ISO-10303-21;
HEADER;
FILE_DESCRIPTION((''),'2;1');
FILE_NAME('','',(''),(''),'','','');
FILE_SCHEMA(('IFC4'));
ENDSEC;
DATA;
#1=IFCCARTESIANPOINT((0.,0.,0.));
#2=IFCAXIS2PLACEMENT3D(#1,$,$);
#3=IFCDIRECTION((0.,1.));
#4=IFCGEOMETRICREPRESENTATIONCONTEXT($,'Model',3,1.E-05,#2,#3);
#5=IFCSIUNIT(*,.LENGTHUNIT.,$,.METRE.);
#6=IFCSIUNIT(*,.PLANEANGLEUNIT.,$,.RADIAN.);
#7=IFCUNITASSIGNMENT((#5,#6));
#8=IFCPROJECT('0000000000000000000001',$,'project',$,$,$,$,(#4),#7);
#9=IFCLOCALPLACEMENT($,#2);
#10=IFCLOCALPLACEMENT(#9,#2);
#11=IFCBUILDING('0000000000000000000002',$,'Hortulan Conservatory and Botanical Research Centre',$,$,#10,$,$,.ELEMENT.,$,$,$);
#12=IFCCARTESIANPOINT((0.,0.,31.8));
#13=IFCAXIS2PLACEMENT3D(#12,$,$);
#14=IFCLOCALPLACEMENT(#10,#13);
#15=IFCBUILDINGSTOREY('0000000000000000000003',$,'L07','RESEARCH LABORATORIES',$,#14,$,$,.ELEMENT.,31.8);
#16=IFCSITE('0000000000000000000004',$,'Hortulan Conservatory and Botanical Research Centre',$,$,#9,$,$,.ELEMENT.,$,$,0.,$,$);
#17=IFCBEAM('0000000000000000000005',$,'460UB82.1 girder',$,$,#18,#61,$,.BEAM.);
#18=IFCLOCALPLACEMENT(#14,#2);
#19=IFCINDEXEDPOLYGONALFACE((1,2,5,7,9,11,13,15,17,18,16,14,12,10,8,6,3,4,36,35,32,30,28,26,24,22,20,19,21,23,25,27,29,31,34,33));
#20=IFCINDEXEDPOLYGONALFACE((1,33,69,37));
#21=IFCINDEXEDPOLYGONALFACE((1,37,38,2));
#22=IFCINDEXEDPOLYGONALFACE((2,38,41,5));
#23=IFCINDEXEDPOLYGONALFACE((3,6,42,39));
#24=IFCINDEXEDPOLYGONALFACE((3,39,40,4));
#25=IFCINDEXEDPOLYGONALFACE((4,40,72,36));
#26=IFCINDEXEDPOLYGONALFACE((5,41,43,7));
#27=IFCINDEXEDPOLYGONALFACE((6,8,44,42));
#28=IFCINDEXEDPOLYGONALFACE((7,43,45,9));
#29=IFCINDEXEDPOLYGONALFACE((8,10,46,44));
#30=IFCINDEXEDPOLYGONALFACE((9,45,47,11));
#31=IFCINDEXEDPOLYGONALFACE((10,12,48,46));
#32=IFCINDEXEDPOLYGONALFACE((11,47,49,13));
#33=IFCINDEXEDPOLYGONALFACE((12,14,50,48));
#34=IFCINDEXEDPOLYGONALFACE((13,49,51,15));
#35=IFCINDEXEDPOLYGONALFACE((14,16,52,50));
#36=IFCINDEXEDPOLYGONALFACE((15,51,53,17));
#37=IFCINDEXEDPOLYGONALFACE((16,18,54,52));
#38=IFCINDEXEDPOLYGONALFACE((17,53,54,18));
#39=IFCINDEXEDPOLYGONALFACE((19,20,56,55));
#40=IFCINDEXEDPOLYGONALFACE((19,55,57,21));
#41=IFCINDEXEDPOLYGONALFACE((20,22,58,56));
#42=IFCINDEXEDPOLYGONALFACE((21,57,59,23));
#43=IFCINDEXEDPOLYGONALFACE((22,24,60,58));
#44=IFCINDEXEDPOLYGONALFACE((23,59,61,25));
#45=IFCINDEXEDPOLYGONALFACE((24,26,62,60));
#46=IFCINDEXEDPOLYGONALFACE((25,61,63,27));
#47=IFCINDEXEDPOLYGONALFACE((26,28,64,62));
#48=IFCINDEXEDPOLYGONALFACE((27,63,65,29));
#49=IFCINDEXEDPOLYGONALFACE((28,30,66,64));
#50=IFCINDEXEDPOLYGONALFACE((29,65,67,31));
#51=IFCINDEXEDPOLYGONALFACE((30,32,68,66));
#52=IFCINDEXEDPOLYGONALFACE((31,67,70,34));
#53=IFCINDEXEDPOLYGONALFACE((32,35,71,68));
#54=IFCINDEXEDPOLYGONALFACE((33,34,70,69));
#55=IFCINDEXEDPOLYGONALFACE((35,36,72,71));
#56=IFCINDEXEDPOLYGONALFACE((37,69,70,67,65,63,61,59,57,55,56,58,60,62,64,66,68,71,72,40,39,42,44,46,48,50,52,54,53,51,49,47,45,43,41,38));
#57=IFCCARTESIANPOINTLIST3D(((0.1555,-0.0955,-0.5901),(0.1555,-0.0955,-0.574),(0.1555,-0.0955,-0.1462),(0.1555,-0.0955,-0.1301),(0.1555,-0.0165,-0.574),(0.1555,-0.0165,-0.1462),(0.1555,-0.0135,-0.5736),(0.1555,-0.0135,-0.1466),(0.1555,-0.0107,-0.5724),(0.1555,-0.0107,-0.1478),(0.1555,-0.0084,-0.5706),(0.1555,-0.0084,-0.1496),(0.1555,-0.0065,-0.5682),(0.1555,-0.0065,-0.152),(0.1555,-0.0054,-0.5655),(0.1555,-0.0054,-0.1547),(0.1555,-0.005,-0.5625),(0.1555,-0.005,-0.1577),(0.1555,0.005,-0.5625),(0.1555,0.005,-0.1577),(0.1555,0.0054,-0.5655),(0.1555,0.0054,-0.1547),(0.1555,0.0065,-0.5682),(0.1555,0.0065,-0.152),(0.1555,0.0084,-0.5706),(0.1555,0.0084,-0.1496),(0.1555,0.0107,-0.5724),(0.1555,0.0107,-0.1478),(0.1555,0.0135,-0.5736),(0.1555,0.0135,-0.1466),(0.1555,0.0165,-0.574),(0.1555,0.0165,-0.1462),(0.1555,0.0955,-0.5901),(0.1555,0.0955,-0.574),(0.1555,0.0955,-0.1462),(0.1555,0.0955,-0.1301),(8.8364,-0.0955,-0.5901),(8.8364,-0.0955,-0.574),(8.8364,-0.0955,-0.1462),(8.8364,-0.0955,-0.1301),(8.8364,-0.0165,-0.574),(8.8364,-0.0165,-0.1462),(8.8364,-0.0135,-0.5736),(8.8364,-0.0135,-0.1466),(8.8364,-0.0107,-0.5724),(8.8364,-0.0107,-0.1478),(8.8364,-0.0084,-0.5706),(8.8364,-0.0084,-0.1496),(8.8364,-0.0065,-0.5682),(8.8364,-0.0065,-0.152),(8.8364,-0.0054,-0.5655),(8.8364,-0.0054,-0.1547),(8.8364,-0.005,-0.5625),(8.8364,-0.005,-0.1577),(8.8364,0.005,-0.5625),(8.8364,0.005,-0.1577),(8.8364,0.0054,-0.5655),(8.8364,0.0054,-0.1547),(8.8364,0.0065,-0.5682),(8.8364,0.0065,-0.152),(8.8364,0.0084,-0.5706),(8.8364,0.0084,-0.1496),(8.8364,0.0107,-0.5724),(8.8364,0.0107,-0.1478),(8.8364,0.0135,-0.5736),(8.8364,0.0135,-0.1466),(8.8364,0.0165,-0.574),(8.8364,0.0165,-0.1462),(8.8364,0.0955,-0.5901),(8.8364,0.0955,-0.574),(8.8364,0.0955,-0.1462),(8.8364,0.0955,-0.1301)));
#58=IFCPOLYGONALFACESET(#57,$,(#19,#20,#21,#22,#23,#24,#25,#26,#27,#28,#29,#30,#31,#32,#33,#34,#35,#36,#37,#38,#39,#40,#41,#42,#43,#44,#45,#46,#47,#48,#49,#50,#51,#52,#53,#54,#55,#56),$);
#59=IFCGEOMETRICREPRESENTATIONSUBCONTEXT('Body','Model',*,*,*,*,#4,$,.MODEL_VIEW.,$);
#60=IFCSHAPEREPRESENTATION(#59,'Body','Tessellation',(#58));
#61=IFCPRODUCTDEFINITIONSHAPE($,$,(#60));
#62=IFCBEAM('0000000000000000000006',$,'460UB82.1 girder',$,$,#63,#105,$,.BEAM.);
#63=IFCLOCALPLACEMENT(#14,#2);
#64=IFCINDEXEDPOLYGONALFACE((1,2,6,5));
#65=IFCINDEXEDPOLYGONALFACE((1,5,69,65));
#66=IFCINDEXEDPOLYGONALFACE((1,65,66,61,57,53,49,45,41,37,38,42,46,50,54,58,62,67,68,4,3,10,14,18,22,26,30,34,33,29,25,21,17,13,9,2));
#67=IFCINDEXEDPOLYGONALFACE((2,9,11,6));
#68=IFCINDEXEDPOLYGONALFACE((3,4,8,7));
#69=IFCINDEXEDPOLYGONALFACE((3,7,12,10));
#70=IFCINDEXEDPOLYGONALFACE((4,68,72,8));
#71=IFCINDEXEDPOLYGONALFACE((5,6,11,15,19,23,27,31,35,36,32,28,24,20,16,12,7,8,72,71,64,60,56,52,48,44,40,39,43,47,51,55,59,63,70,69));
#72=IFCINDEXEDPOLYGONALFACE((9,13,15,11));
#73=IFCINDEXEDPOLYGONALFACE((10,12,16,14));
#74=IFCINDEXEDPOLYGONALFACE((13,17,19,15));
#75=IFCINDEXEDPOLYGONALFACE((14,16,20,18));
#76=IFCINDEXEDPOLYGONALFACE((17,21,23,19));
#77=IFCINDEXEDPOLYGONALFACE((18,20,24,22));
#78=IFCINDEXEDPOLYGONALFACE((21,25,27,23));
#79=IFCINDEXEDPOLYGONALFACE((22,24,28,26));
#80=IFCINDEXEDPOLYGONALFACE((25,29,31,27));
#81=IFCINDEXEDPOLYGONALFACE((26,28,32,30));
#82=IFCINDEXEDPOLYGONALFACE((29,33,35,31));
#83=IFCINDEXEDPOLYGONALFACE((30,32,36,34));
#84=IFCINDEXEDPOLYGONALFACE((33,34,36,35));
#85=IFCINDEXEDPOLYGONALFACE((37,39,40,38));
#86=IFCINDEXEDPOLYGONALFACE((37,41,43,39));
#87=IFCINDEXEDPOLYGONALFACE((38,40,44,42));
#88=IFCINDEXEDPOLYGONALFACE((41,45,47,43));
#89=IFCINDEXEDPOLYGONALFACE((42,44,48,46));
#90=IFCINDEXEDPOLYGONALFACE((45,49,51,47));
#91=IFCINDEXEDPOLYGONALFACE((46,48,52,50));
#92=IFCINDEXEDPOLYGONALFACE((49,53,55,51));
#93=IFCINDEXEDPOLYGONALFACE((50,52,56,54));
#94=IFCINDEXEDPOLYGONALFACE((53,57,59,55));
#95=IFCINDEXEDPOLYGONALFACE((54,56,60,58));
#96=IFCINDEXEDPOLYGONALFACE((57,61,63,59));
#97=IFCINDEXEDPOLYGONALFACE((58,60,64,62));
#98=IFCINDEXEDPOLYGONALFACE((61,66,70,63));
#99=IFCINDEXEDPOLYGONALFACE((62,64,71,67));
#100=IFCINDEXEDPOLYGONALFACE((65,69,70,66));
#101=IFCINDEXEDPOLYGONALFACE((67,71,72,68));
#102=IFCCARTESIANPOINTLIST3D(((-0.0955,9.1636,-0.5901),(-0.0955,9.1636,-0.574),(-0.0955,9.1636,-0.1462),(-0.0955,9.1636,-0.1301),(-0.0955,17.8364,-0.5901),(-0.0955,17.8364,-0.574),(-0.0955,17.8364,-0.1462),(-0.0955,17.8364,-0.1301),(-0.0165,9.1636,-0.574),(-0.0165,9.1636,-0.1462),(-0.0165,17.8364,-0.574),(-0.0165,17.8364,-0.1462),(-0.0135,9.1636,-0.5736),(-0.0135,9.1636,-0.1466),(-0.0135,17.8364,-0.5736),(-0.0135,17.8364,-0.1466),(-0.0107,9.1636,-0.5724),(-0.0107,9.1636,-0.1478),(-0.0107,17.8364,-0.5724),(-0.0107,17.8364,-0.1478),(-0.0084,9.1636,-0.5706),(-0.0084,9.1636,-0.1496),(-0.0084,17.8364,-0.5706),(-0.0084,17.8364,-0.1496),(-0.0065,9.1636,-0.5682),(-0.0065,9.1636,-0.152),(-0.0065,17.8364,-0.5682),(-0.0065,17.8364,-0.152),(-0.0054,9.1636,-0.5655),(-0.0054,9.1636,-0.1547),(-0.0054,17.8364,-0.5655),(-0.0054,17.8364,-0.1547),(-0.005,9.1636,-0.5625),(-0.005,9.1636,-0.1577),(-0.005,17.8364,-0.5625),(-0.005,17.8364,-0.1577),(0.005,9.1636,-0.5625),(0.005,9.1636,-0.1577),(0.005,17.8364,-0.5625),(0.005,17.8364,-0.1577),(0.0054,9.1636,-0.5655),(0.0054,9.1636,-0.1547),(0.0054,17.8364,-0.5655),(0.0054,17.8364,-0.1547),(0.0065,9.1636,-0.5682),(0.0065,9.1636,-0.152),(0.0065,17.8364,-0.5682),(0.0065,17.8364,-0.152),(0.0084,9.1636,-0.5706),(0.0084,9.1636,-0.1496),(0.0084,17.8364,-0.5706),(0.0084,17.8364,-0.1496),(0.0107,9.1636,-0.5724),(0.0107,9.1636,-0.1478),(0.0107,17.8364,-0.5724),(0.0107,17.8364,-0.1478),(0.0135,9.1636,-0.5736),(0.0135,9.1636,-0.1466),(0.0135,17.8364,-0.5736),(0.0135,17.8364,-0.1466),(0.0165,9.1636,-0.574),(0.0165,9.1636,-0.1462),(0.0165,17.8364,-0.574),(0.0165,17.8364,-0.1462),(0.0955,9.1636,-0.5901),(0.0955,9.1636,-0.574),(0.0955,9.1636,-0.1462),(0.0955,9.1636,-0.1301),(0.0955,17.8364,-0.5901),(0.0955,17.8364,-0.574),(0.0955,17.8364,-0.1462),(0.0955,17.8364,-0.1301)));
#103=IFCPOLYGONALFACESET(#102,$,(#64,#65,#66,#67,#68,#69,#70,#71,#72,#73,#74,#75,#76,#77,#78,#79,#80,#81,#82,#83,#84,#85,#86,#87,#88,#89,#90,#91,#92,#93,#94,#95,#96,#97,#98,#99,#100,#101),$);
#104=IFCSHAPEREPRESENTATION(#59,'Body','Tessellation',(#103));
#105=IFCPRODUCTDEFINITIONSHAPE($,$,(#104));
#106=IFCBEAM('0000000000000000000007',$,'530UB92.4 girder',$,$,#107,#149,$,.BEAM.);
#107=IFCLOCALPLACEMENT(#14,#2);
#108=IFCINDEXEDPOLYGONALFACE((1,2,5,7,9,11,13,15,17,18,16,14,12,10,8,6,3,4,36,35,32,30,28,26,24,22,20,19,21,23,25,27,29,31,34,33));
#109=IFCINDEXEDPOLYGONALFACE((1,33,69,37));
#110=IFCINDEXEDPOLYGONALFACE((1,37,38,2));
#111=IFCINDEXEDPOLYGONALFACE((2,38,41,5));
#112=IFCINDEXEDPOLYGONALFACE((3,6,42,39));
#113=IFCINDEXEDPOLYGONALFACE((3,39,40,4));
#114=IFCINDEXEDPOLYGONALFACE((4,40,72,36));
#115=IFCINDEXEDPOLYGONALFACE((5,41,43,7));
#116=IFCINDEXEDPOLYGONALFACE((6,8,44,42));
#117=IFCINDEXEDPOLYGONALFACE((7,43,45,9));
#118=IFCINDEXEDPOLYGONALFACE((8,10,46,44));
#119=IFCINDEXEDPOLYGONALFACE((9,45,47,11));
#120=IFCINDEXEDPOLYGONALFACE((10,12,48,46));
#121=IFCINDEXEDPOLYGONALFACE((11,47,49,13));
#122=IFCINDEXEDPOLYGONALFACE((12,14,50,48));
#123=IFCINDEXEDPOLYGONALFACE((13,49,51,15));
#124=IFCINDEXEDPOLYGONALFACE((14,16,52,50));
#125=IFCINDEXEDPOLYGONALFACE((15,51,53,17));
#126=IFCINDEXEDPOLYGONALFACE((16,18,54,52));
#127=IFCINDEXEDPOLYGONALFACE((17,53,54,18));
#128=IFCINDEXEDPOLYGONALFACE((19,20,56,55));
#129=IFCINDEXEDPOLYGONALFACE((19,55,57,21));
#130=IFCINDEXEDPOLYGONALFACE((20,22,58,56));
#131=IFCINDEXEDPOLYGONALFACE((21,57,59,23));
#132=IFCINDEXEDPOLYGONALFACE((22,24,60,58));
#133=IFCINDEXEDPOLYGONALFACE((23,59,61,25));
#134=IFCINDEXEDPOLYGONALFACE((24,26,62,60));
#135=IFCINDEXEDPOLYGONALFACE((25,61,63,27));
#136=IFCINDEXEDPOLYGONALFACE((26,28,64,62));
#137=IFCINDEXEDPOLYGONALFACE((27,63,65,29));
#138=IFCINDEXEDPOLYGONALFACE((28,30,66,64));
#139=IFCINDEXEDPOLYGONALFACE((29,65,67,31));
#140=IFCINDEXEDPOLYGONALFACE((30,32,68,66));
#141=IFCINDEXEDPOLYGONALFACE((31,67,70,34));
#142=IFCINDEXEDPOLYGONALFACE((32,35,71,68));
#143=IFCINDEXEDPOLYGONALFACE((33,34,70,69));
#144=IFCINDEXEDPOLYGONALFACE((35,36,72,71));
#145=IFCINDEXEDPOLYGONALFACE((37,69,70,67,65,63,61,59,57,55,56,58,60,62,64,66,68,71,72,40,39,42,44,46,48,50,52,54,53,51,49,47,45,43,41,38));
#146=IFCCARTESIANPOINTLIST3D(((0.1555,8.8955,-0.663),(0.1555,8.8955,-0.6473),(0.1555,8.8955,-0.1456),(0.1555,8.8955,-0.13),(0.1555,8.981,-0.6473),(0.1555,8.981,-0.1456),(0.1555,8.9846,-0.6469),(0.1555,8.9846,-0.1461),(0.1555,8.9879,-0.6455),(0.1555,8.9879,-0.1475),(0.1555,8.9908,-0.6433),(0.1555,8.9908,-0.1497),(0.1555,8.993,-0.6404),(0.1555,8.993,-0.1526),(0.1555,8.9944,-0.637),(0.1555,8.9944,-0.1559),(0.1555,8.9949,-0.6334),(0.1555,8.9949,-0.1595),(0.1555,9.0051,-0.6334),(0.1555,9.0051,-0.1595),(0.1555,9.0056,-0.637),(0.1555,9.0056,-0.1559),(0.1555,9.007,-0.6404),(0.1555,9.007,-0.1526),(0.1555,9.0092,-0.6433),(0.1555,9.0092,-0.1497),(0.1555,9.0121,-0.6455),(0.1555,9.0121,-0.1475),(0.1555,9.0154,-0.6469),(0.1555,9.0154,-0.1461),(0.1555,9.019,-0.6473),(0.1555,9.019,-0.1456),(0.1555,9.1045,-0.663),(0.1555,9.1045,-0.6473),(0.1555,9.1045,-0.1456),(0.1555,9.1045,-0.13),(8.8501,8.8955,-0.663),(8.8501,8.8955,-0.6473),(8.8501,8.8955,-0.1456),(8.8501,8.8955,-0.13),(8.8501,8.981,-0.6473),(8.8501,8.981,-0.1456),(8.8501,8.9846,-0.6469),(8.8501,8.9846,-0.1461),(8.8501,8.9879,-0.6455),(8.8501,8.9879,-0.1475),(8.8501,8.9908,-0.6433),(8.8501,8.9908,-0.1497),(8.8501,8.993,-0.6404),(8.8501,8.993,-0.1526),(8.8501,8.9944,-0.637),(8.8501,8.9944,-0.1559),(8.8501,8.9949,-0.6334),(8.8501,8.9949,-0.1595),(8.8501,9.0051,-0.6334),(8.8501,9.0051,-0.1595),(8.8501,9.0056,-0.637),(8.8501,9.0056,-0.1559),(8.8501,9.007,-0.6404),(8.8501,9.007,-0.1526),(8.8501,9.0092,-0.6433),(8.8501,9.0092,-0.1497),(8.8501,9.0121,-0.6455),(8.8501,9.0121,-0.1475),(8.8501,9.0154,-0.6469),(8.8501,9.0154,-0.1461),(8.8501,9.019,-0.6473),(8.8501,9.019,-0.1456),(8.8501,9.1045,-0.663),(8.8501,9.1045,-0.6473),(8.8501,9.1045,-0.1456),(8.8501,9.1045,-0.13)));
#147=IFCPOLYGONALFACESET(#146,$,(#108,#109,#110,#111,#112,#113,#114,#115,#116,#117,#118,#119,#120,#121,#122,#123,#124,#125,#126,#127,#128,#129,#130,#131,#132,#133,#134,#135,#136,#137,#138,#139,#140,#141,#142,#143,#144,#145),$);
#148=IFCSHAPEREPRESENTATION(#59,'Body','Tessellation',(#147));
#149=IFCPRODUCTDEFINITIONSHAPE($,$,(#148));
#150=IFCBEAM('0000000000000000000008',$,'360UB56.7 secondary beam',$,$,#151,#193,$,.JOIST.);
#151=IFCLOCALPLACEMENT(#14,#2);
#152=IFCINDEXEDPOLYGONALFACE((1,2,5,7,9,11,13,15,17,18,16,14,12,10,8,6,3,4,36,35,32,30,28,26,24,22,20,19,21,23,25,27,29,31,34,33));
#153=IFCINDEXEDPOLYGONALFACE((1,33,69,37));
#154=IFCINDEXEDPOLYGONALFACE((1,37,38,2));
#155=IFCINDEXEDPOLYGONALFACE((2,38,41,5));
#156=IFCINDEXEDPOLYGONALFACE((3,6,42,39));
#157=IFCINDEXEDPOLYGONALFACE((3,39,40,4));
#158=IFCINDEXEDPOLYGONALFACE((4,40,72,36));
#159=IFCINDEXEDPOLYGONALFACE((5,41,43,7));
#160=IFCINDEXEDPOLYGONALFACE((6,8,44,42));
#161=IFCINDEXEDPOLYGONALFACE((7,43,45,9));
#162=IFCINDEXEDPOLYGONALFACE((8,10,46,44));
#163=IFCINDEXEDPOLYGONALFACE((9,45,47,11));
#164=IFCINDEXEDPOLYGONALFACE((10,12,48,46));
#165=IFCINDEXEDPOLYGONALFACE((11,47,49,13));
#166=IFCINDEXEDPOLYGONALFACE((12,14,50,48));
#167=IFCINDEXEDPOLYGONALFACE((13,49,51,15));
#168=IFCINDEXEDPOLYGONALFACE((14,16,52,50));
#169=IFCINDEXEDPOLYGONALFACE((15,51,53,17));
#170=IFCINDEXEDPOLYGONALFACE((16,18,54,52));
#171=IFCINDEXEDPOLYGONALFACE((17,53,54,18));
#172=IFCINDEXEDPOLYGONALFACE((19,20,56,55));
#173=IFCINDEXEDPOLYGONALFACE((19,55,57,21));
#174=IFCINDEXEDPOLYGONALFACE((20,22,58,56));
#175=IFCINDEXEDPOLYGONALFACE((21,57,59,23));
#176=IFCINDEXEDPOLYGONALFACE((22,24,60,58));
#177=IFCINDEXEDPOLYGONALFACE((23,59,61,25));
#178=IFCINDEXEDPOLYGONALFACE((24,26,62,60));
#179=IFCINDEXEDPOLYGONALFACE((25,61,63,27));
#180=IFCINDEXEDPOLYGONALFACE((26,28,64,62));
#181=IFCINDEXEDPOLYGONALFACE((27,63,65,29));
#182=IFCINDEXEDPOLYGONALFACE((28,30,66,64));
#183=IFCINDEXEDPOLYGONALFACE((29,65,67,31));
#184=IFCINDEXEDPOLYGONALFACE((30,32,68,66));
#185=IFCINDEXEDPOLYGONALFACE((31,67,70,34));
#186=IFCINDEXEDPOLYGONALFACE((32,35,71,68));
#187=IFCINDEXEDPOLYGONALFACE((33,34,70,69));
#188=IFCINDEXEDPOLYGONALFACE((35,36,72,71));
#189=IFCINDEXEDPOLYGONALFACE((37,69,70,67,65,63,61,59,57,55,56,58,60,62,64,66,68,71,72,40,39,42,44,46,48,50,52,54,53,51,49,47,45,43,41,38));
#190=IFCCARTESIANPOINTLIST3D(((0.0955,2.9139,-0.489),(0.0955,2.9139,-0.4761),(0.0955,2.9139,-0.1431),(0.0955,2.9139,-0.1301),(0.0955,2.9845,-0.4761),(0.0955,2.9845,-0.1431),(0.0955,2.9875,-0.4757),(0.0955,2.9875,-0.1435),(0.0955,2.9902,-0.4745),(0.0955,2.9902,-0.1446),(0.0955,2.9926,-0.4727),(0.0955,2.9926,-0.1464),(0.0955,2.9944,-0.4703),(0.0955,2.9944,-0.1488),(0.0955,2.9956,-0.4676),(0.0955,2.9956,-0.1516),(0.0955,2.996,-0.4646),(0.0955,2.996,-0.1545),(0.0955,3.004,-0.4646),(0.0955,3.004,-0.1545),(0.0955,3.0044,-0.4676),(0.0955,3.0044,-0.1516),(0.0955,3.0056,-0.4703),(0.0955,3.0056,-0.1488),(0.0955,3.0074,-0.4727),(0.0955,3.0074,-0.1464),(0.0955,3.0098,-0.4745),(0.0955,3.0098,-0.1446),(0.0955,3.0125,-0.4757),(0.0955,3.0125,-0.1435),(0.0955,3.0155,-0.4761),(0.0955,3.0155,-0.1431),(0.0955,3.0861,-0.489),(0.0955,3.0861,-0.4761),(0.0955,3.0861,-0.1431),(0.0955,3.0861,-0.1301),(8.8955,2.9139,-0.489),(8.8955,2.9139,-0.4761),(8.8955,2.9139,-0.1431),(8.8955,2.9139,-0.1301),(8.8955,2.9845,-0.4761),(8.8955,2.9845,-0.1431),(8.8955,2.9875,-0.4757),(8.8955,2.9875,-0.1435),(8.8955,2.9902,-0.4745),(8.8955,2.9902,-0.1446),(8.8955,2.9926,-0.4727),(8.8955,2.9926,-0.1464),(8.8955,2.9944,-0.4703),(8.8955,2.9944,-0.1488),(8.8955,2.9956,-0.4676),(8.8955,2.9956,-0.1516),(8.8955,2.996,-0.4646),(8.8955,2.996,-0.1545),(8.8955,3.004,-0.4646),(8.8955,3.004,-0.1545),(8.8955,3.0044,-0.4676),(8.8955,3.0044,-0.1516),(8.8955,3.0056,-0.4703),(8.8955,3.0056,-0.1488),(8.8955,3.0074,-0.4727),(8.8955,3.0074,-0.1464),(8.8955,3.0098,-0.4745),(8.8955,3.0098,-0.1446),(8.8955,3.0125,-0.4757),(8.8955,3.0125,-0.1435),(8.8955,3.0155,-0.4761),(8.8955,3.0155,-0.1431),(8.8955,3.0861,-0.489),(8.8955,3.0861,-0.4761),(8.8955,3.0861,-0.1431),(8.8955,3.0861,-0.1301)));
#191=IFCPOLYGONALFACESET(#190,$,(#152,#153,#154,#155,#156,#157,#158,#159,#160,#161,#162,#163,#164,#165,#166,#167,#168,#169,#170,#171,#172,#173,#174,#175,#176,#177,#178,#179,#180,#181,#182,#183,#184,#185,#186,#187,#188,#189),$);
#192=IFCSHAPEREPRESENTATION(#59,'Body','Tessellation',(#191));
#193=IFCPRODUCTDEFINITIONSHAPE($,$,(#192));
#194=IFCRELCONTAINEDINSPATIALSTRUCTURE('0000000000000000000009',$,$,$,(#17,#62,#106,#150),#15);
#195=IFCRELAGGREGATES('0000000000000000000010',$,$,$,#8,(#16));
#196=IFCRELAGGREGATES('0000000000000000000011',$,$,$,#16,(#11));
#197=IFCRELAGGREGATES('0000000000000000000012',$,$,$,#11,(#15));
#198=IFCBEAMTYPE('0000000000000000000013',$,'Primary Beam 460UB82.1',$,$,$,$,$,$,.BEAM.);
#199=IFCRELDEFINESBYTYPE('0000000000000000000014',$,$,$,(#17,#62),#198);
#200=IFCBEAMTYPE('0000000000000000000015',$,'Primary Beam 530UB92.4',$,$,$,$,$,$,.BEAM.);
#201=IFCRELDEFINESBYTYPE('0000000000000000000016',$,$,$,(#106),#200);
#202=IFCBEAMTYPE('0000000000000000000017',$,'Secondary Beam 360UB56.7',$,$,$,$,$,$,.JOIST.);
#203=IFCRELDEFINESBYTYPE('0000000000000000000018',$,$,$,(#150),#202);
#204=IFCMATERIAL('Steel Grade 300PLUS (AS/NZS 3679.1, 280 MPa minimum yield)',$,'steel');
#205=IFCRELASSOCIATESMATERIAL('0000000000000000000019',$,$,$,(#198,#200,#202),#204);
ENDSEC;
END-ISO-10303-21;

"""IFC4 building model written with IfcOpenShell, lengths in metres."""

from ifc_helpers import new_model, si_unit, direction, frame, origin, origin_2d, place, context, subcontext, project, spatial, i_section, extrude, material, material_profile, profile_set, type_object, element, save


model = new_model("IFC4")

# Units and contexts
model_context = context("Model", 3, precision=1e-05, world=origin(), true_north=direction((0.0, 1.0)))
body_context = subcontext(model_context, "Body", "Model", "MODEL_VIEW")
ifc_project = project(units=[si_unit("LENGTHUNIT", "METRE"), si_unit("PLANEANGLEUNIT", "RADIAN")], contexts=[model_context])

# Site, building, storey
site_placement = place(None, origin())
site = spatial("IfcSite", under=ifc_project, at=site_placement, Name="Hortulan Conservatory and Botanical Research Centre", CompositionType="ELEMENT", RefElevation=0.0)
building_placement = place(site_placement, origin())
building = spatial("IfcBuilding", under=site, at=building_placement, Name="Hortulan Conservatory and Botanical Research Centre", CompositionType="ELEMENT")
storey_placement = place(building_placement, frame((0.0, 0.0, 31.8)))
storey = spatial("IfcBuildingStorey", under=building, at=storey_placement, Name="L07", Description="RESEARCH LABORATORIES", CompositionType="ELEMENT", Elevation=31.8)

# Shared definitions
ifc_material_1 = material(Name="Steel Grade 300PLUS (AS/NZS 3679.1, 280 MPa minimum yield)", Category="steel")

# Beams
ifc_material_profile_1 = material_profile(ifc_material_1, i_section(OverallWidth=0.1909, OverallDepth=0.46, WebThickness=0.01, FlangeThickness=0.0161, FilletRadius=0.0115, at=origin_2d()), Name="460UB82.1")
ifc_profile_set_1 = profile_set([ifc_material_profile_1], Name="Steel Grade 300PLUS (AS/NZS 3679.1, 280 MPa minimum yield)")
beam_type_1 = type_object("IfcBeamType", Name="Primary Beam 460UB82.1", PredefinedType="BEAM", material=ifc_profile_set_1)
beam_1_placement = place(storey_placement, frame((0.1555, 0.0, -0.3601), z_axis=(1.0, 0.0, 0.0), x_axis=(0.0, 1.0, 0.0)))
element("IfcBeam", 1, at=beam_1_placement, inside=storey, type_object=beam_type_1, Name="460UB82.1 girder", PredefinedType="BEAM", context=body_context, shape_type="SweptSolid", body=[
    extrude(i_section(OverallWidth=0.1909, OverallDepth=0.46, WebThickness=0.01, FlangeThickness=0.0161, FilletRadius=0.0115, at=origin_2d()), origin(), (0.0, 0.0, 1.0), 8.6809),
])
beam_2_placement = place(storey_placement, frame((0.0, 9.1636, -0.3601), z_axis=(0.0, 1.0, 0.0), x_axis=(-1.0, 0.0, 0.0)))
element("IfcBeam", 2, at=beam_2_placement, inside=storey, type_object=beam_type_1, Name="460UB82.1 girder", PredefinedType="BEAM", context=body_context, shape_type="SweptSolid", body=[
    extrude(i_section(OverallWidth=0.1909, OverallDepth=0.46, WebThickness=0.01, FlangeThickness=0.0161, FilletRadius=0.0115, at=origin_2d()), origin(), (0.0, 0.0, 1.0), 8.6729),
])
ifc_material_profile_2 = material_profile(ifc_material_1, i_section(OverallWidth=0.209, OverallDepth=0.533, WebThickness=0.0103, FlangeThickness=0.0156, FilletRadius=0.0139, at=origin_2d()), Name="530UB92.4")
ifc_profile_set_2 = profile_set([ifc_material_profile_2], Name="Steel Grade 300PLUS (AS/NZS 3679.1, 280 MPa minimum yield)")
beam_type_2 = type_object("IfcBeamType", Name="Primary Beam 530UB92.4", PredefinedType="BEAM", material=ifc_profile_set_2)
beam_3_placement = place(storey_placement, frame((0.1555, 9.0, -0.3965), z_axis=(1.0, 0.0, 0.0), x_axis=(0.0, 1.0, 0.0)))
element("IfcBeam", 3, at=beam_3_placement, inside=storey, type_object=beam_type_2, Name="530UB92.4 girder", PredefinedType="BEAM", context=body_context, shape_type="SweptSolid", body=[
    extrude(i_section(OverallWidth=0.209, OverallDepth=0.533, WebThickness=0.0103, FlangeThickness=0.0156, FilletRadius=0.0139, at=origin_2d()), origin(), (0.0, 0.0, 1.0), 8.6946),
])
ifc_material_profile_3 = material_profile(ifc_material_1, i_section(OverallWidth=0.1721, OverallDepth=0.3589, WebThickness=0.0081, FlangeThickness=0.0129, FilletRadius=0.0115, at=origin_2d()), Name="360UB56.7")
ifc_profile_set_3 = profile_set([ifc_material_profile_3], Name="Steel Grade 300PLUS (AS/NZS 3679.1, 280 MPa minimum yield)")
beam_type_3 = type_object("IfcBeamType", Name="Secondary Beam 360UB56.7", PredefinedType="JOIST", material=ifc_profile_set_3)
for number, where, z_axis, x_axis, name in (
    (4, (0.0955, 3.0, -0.3096), (1.0, 0.0, 0.0), (0.0, 1.0, 0.0), "360UB56.7 secondary beam"),
):
    element("IfcBeam", number, at=place(storey_placement, frame(where, z_axis=z_axis, x_axis=x_axis)), inside=storey, type_object=beam_type_3, Name=name, PredefinedType="JOIST", context=body_context, shape_type="SweptSolid", body=[
        extrude(i_section(OverallWidth=0.1721, OverallDepth=0.3589, WebThickness=0.0081, FlangeThickness=0.0129, FilletRadius=0.0115, at=origin_2d()), origin(), (0.0, 0.0, 1.0), 8.8),
    ])

save(model, "model.ifc")
